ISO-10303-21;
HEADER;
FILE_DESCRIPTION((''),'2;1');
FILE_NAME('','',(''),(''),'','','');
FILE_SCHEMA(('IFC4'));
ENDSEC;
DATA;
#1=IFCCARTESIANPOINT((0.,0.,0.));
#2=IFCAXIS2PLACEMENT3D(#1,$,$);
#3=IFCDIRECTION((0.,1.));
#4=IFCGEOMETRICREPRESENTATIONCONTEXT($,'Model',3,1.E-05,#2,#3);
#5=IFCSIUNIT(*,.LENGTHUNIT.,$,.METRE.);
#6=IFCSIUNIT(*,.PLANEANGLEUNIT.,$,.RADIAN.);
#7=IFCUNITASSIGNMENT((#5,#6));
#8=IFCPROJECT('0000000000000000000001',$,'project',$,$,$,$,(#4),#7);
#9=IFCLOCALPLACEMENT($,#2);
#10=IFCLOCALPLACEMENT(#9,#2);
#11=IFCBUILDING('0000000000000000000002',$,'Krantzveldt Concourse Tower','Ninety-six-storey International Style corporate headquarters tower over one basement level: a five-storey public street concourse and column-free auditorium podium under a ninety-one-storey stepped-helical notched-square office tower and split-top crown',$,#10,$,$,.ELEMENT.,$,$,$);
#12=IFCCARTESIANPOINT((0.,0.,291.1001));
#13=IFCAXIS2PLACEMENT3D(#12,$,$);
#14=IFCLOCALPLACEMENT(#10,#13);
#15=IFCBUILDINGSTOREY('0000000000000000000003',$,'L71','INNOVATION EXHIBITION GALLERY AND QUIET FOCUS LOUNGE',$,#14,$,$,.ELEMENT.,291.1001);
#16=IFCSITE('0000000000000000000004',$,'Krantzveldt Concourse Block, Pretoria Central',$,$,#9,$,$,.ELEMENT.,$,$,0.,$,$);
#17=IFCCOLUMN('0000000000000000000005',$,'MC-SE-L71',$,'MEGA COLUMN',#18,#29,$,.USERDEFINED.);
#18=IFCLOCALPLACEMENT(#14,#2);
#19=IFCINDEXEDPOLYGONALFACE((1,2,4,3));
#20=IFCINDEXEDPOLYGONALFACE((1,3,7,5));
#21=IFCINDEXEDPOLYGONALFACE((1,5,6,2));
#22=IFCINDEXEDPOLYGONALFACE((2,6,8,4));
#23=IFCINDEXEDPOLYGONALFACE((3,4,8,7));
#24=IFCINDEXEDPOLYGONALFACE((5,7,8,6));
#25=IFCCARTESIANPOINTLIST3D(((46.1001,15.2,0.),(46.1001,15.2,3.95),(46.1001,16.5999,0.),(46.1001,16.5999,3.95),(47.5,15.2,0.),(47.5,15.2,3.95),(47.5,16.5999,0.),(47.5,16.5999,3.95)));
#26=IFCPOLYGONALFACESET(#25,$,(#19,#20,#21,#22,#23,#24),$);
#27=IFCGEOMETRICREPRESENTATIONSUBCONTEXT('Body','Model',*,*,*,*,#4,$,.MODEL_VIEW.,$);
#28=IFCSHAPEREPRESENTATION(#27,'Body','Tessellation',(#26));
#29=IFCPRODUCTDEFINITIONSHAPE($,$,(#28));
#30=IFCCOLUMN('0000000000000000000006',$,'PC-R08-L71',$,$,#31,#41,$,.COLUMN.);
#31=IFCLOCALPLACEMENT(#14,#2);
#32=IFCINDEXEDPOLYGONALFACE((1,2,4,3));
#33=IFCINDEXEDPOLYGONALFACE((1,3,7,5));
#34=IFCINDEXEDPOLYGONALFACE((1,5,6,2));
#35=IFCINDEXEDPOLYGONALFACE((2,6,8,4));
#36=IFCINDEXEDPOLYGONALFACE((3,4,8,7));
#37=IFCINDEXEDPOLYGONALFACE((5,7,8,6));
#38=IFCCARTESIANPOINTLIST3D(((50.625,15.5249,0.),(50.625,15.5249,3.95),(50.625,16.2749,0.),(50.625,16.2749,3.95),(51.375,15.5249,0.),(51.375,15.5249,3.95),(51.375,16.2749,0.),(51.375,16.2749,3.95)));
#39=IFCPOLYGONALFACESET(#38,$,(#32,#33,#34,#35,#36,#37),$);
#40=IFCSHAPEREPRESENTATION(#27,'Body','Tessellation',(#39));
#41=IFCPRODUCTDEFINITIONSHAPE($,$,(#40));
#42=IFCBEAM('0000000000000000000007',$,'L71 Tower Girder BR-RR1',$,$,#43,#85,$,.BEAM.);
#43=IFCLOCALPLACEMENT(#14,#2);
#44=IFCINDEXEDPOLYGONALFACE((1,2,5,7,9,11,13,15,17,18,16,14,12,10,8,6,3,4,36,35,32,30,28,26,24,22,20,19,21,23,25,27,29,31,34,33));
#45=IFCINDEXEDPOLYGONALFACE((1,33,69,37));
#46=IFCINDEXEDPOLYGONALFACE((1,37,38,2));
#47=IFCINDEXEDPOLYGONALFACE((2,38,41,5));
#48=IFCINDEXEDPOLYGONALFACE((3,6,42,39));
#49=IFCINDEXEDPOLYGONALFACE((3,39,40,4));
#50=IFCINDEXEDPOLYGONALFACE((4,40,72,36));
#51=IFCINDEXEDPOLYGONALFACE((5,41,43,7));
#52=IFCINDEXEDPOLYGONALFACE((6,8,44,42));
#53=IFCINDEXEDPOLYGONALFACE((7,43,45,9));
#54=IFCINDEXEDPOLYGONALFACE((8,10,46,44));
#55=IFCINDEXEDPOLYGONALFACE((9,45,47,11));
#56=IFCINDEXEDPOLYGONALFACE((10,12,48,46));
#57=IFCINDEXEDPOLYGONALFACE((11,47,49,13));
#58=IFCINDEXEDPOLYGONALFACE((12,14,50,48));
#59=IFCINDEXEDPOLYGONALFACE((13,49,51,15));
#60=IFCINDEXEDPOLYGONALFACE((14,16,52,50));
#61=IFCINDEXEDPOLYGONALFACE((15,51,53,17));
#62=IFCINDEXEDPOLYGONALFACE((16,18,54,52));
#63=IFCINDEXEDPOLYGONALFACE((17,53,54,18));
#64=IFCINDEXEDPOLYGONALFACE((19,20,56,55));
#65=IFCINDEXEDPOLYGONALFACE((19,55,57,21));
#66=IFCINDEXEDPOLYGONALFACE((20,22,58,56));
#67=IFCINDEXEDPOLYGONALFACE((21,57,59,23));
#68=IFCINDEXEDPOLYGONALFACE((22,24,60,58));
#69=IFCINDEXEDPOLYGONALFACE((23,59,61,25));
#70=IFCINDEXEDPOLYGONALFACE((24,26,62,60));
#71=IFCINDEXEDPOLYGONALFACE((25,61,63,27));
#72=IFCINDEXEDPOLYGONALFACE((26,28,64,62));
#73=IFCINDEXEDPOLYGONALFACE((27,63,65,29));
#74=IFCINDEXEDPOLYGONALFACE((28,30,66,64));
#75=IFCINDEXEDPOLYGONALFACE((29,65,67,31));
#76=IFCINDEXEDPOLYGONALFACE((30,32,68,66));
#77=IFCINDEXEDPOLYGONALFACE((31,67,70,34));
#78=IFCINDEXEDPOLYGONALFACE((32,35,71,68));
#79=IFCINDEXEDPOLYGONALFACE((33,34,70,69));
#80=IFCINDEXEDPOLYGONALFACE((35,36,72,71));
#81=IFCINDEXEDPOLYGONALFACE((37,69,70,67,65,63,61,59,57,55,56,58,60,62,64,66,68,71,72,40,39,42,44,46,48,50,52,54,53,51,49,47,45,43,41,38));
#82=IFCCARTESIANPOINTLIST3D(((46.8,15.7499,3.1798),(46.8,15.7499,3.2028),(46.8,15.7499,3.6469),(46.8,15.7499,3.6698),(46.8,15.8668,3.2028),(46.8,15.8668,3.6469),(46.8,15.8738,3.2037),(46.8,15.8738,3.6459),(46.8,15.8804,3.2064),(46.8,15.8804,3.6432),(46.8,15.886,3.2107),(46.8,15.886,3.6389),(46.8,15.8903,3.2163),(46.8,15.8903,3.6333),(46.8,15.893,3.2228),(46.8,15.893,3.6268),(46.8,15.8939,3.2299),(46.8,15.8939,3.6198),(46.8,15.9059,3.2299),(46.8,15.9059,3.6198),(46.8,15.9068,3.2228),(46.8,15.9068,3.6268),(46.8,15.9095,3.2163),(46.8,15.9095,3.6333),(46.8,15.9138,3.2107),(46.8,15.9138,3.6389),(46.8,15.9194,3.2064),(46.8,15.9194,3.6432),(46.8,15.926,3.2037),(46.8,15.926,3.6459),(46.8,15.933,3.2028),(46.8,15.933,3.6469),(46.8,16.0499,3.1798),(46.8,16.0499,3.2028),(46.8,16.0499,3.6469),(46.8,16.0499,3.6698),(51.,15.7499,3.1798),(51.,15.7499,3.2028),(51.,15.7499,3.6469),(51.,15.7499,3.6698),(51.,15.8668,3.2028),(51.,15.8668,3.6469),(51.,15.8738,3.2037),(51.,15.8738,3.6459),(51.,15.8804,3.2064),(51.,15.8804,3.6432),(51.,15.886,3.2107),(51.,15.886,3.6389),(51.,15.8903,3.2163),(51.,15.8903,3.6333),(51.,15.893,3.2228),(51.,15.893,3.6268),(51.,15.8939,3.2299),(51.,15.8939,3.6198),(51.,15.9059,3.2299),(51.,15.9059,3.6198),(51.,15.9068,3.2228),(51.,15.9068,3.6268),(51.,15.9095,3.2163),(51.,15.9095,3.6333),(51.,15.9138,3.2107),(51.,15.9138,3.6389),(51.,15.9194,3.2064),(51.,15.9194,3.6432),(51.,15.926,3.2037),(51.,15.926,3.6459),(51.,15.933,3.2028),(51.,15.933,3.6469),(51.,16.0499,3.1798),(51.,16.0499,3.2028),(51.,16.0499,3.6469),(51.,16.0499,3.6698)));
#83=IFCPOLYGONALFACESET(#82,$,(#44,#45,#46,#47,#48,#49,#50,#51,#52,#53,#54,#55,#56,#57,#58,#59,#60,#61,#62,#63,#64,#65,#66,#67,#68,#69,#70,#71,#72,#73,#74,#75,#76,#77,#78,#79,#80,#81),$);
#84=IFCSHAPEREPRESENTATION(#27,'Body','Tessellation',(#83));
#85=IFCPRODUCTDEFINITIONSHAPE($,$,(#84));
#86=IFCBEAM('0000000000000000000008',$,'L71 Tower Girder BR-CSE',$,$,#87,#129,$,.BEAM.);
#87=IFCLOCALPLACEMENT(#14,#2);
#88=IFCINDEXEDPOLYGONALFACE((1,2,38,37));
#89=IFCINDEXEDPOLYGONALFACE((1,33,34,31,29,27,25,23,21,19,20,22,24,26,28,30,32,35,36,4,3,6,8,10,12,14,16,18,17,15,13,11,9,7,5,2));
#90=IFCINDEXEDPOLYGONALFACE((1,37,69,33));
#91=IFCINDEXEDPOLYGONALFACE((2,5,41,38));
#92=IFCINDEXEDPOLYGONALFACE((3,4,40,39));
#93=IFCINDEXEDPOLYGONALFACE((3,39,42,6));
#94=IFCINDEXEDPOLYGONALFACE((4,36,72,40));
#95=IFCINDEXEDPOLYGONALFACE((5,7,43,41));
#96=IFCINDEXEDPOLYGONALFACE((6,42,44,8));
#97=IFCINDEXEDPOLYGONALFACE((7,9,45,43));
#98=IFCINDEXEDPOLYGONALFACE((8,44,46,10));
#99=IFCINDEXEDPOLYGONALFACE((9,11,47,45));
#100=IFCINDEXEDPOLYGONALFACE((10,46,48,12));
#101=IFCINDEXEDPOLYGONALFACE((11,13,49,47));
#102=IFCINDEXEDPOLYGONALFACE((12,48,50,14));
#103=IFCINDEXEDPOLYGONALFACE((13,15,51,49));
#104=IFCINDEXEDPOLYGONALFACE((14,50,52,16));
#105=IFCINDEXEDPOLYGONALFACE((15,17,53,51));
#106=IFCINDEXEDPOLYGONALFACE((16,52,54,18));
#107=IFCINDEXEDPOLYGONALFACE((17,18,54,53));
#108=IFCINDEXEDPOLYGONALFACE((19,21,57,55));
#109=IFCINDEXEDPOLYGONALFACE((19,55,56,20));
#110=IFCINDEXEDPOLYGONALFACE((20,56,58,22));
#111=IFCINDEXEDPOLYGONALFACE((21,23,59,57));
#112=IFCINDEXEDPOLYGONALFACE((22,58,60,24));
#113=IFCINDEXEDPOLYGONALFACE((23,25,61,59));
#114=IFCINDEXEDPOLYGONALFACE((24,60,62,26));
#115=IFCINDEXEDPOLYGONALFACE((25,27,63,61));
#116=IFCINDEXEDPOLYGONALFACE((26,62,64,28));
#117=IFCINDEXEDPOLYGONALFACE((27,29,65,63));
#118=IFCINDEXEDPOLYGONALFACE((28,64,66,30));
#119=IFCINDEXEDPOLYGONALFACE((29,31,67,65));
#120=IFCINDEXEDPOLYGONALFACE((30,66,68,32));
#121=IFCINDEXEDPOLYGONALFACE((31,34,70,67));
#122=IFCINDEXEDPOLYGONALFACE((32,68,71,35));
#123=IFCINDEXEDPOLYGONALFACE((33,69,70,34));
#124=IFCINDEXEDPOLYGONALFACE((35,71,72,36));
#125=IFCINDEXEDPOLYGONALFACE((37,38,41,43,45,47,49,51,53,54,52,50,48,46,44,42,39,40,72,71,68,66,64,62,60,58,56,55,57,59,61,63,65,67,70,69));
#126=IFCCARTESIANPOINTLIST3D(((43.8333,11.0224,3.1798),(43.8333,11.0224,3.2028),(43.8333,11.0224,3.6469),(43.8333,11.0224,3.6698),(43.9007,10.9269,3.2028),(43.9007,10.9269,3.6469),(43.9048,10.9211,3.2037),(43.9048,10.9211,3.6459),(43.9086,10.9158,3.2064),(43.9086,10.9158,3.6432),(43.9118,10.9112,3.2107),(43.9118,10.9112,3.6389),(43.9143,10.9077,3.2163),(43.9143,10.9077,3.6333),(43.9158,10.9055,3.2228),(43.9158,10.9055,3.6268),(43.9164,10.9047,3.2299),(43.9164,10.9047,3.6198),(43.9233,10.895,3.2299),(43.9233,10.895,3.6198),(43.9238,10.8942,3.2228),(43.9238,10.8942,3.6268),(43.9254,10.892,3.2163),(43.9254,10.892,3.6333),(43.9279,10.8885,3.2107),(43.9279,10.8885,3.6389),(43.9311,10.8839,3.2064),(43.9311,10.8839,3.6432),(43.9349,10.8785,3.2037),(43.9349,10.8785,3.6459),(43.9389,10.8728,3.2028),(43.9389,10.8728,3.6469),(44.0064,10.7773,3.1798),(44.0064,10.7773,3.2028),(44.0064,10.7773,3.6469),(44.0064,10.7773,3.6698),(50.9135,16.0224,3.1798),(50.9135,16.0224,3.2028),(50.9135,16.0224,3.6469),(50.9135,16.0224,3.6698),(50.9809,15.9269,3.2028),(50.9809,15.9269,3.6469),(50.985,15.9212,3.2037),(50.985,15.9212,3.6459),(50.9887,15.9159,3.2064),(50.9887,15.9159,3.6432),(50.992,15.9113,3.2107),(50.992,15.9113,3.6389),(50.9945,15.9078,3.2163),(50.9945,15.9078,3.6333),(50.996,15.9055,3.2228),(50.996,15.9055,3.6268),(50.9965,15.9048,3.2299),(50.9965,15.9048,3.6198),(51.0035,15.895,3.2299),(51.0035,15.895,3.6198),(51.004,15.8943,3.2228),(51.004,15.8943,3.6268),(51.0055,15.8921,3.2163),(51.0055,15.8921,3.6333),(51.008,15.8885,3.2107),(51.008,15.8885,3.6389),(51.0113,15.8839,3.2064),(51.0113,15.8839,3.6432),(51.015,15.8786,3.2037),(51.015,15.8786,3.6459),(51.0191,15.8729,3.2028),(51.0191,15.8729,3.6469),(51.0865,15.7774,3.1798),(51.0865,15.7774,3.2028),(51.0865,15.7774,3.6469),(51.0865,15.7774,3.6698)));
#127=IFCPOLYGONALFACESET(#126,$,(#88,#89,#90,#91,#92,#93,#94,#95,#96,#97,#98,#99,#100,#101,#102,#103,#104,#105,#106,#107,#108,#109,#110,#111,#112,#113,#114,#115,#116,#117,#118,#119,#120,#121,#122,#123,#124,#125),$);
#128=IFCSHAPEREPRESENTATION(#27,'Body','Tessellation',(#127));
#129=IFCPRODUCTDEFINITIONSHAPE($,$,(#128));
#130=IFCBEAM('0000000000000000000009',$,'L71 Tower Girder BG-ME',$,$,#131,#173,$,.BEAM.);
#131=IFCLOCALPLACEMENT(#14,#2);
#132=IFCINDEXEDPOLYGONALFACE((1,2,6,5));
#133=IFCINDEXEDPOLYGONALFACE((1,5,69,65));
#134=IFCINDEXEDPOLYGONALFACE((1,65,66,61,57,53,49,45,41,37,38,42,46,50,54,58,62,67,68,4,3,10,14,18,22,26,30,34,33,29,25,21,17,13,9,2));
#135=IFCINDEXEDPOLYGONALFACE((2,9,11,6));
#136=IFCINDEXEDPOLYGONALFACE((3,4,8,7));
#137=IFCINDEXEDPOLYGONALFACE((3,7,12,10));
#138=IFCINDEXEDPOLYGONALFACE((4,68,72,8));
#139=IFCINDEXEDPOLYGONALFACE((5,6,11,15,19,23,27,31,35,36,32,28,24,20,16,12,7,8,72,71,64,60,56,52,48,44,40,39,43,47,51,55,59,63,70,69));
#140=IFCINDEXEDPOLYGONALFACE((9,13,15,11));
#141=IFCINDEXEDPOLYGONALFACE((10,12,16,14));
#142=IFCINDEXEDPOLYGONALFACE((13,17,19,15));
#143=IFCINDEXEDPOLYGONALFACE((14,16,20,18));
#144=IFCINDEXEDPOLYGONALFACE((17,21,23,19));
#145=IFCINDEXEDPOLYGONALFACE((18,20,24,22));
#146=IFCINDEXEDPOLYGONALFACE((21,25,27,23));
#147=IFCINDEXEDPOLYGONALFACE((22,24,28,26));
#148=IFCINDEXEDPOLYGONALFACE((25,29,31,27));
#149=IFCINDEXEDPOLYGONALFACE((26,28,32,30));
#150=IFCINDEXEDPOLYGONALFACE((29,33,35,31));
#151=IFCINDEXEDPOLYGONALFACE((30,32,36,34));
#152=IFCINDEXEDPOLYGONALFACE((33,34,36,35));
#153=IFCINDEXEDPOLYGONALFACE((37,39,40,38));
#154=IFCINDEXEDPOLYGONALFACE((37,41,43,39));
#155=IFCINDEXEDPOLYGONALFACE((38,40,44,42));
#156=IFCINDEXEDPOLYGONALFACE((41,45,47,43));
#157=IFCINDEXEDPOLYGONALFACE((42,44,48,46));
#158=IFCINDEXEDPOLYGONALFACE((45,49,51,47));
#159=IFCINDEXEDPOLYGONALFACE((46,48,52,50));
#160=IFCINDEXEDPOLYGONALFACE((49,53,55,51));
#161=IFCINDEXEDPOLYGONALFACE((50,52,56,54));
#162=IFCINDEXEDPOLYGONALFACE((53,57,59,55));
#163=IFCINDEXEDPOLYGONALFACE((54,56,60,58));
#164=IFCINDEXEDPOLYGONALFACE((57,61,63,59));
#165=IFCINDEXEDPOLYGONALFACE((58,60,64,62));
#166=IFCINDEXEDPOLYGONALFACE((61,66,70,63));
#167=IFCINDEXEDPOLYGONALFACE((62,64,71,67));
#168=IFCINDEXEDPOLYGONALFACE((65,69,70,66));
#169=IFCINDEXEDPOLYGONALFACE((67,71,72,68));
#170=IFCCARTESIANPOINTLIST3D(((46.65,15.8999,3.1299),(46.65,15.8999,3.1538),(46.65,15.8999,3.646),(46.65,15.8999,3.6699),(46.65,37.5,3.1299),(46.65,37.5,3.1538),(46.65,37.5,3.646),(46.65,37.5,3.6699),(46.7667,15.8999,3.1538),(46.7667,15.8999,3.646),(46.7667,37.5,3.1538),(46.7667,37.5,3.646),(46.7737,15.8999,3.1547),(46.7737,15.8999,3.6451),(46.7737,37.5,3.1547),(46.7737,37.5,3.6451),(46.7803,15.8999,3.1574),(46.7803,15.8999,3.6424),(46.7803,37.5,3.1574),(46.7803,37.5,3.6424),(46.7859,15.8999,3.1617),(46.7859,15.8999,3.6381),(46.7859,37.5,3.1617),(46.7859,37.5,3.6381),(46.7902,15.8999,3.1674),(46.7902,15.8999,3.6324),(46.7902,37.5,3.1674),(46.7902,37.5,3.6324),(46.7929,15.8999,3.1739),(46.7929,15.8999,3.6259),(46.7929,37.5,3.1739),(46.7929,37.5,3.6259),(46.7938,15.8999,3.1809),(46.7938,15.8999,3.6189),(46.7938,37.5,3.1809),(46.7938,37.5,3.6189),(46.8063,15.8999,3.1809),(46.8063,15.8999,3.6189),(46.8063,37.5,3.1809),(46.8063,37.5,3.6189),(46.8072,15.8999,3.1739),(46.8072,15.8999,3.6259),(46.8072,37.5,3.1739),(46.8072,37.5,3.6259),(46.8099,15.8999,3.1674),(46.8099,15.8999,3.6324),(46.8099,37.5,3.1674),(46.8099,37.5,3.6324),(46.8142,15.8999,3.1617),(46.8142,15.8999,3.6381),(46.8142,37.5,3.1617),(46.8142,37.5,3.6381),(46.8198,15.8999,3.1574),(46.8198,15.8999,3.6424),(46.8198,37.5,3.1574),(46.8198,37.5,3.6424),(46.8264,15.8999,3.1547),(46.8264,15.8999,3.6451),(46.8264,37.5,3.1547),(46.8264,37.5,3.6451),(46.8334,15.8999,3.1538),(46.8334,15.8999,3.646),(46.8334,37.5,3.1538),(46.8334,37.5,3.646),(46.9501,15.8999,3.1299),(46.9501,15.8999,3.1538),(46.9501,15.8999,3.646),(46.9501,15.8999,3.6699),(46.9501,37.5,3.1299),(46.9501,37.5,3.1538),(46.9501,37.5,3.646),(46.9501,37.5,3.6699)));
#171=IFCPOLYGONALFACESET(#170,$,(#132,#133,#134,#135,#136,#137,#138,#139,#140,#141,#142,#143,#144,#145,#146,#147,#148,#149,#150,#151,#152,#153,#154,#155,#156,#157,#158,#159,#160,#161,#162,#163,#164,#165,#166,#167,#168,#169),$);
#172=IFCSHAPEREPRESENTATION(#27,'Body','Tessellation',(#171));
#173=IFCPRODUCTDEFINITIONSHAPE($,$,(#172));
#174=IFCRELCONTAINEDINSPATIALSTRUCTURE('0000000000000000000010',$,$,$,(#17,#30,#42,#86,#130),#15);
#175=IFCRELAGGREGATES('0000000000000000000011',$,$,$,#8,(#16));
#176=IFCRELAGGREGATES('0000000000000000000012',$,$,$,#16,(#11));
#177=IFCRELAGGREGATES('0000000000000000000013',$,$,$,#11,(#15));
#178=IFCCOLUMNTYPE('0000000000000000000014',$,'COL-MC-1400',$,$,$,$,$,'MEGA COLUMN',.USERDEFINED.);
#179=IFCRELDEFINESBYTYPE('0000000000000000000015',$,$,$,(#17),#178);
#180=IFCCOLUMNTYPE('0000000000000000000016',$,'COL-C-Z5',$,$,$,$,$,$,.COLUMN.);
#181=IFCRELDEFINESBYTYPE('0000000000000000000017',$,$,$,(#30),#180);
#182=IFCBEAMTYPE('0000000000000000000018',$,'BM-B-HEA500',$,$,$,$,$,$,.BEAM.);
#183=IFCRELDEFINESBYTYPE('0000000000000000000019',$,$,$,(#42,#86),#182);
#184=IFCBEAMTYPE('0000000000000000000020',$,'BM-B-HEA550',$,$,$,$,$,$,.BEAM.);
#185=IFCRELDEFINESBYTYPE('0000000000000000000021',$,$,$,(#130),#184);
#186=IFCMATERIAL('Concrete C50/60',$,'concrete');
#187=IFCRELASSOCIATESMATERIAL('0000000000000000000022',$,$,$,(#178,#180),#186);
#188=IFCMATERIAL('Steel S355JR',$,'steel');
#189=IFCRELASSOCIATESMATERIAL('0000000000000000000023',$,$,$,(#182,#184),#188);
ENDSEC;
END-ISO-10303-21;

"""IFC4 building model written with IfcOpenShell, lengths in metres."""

from ifc_helpers import new_model, si_unit, direction, frame, origin, origin_2d, place, context, subcontext, project, spatial, rectangle, i_section, extrude, source, transform, mapped, material, material_profile, profile_set, type_object, type_shapes, element, save


model = new_model("IFC4")

# Units and contexts
model_context = context("Model", 3, precision=1e-05, world=origin(), true_north=direction((0.0, 1.0)))
body_context = subcontext(model_context, "Body", "Model", "MODEL_VIEW")
ifc_project = project(units=[si_unit("LENGTHUNIT", "METRE"), si_unit("PLANEANGLEUNIT", "RADIAN")], contexts=[model_context])

# Site, building, storey
site_placement = place(None, origin())
site = spatial("IfcSite", under=ifc_project, at=site_placement, Name="Krantzveldt Concourse Block, Pretoria Central", CompositionType="ELEMENT", RefElevation=0.0)
building_placement = place(site_placement, origin())
building = spatial("IfcBuilding", under=site, at=building_placement, Name="Krantzveldt Concourse Tower", Description="Ninety-six-storey International Style corporate headquarters tower over one basement level: a five-storey public street concourse and column-free auditorium podium under a ninety-one-storey stepped-helical notched-square office tower and split-top crown", CompositionType="ELEMENT")
storey_placement = place(building_placement, frame((0.0, 0.0, 291.1001)))
storey = spatial("IfcBuildingStorey", under=building, at=storey_placement, Name="L71", Description="INNOVATION EXHIBITION GALLERY AND QUIET FOCUS LOUNGE", CompositionType="ELEMENT", Elevation=291.1001)

# Columns
ifc_material_1 = material(Name="Concrete C50/60", Category="concrete")
ifc_material_profile_1 = material_profile(ifc_material_1, rectangle(XDim=1.3999, YDim=1.3999, at=origin_2d()), Name="Concrete C50/60", Category="concrete")
ifc_profile_set_1 = profile_set([ifc_material_profile_1], Name="Concrete C50/60 - RC 1400x1400")
column_type_1 = type_object("IfcColumnType", Name="COL-MC-1400", ElementType="MEGA COLUMN", PredefinedType="USERDEFINED", material=ifc_profile_set_1)
shared_shape_1 = source(origin(), body_context, "Body", "SweptSolid", [
    extrude(rectangle(XDim=1.3999, YDim=1.3999, at=origin_2d()), origin(), (0.0, 0.0, 1.0), 3.95),
])
type_shapes(column_type_1, [shared_shape_1])
column_1_placement = place(storey_placement, frame((46.8, 15.8999, 0.0), z_axis=(0.0, 0.0, 1.0), x_axis=(1.0, 0.0, 0.0)))
element("IfcColumn", 1, at=column_1_placement, inside=storey, type_object=column_type_1, Name="MC-SE-L71", ObjectType="MEGA COLUMN", PredefinedType="USERDEFINED", context=body_context, shape_type="MappedRepresentation", body=[
    mapped(shared_shape_1, transform((0.0, 0.0, 0.0), x_axis=(1.0, 0.0, 0.0), y_axis=(0.0, 1.0, 0.0), z_axis=(0.0, 0.0, 1.0), scale=1.0)),
])
ifc_material_profile_2 = material_profile(ifc_material_1, rectangle(XDim=0.75, YDim=0.75, at=origin_2d()), Name="Concrete C50/60", Category="concrete")
ifc_profile_set_2 = profile_set([ifc_material_profile_2], Name="Concrete C50/60 - RC 750x750")
column_type_2 = type_object("IfcColumnType", Name="COL-C-Z5", PredefinedType="COLUMN", material=ifc_profile_set_2)
shared_shape_2 = source(origin(), body_context, "Body", "SweptSolid", [
    extrude(rectangle(XDim=0.75, YDim=0.75, at=origin_2d()), origin(), (0.0, 0.0, 1.0), 3.95),
])
type_shapes(column_type_2, [shared_shape_2])
column_2_placement = place(storey_placement, frame((51.0, 15.8999, 0.0), z_axis=(0.0, 0.0, 1.0), x_axis=(1.0, 0.0, 0.0)))
element("IfcColumn", 2, at=column_2_placement, inside=storey, type_object=column_type_2, Name="PC-R08-L71", PredefinedType="COLUMN", context=body_context, shape_type="MappedRepresentation", body=[
    mapped(shared_shape_2, transform((0.0, 0.0, 0.0), x_axis=(1.0, 0.0, 0.0), y_axis=(0.0, 1.0, 0.0), z_axis=(0.0, 0.0, 1.0), scale=1.0)),
])

# Beams
ifc_material_2 = material(Name="Steel S355JR", Category="steel")
ifc_material_profile_3 = material_profile(ifc_material_2, i_section(OverallWidth=0.3, OverallDepth=0.49, WebThickness=0.012, FlangeThickness=0.0229, FilletRadius=0.0271, at=origin_2d()), Name="Steel S355JR", Category="steel")
ifc_profile_set_3 = profile_set([ifc_material_profile_3], Name="Steel S355JR - HEA 500")
beam_type_1 = type_object("IfcBeamType", Name="BM-B-HEA500", PredefinedType="BEAM", material=ifc_profile_set_3)
shared_shape_3 = source(origin(), body_context, "Body", "SweptSolid", [
    extrude(i_section(OverallWidth=0.3, OverallDepth=0.49, WebThickness=0.012, FlangeThickness=0.0229, FilletRadius=0.0271, at=origin_2d()), origin(), (0.0, 0.0, 1.0), 4.2),
])
beam_1_placement = place(storey_placement, frame((46.8, 15.8999, 3.4248), z_axis=(1.0, 0.0, 0.0), x_axis=(0.0, 1.0, 0.0)))
element("IfcBeam", 3, at=beam_1_placement, inside=storey, type_object=beam_type_1, Name="L71 Tower Girder BR-RR1", PredefinedType="BEAM", context=body_context, shape_type="MappedRepresentation", body=[
    mapped(shared_shape_3, transform((0.0, 0.0, 0.0), x_axis=(1.0, 0.0, 0.0), y_axis=(0.0, 1.0, 0.0), z_axis=(0.0, 0.0, 1.0), scale=1.0)),
])
shared_shape_4 = source(origin(), body_context, "Body", "SweptSolid", [
    extrude(i_section(OverallWidth=0.3, OverallDepth=0.49, WebThickness=0.012, FlangeThickness=0.0229, FilletRadius=0.0271, at=origin_2d()), origin(), (0.0, 0.0, 1.0), 8.6677),
])
type_shapes(beam_type_1, [shared_shape_3, shared_shape_4])
beam_2_placement = place(storey_placement, frame((51.0, 15.8999, 3.4248), z_axis=(-0.816843, -0.57686, 0.0), x_axis=(0.57686, -0.816843, 0.0)))
element("IfcBeam", 4, at=beam_2_placement, inside=storey, type_object=beam_type_1, Name="L71 Tower Girder BR-CSE", PredefinedType="BEAM", context=body_context, shape_type="MappedRepresentation", body=[
    mapped(shared_shape_4, transform((0.0, 0.0, 0.0), x_axis=(1.0, 0.0, 0.0), y_axis=(0.0, 1.0, 0.0), z_axis=(0.0, 0.0, 1.0), scale=1.0)),
])
ifc_material_profile_4 = material_profile(ifc_material_2, i_section(OverallWidth=0.3, OverallDepth=0.54, WebThickness=0.0125, FlangeThickness=0.0239, FilletRadius=0.0271, at=origin_2d()), Name="Steel S355JR", Category="steel")
ifc_profile_set_4 = profile_set([ifc_material_profile_4], Name="Steel S355JR - HEA 550")
beam_type_2 = type_object("IfcBeamType", Name="BM-B-HEA550", PredefinedType="BEAM", material=ifc_profile_set_4)
shared_shape_5 = source(origin(), body_context, "Body", "SweptSolid", [
    extrude(i_section(OverallWidth=0.3, OverallDepth=0.54, WebThickness=0.0125, FlangeThickness=0.0239, FilletRadius=0.0271, at=origin_2d()), origin(), (0.0, 0.0, 1.0), 21.6001),
])
beam_3_placement = place(storey_placement, frame((46.8, 15.8999, 3.3999), z_axis=(0.0, 1.0, 0.0), x_axis=(-1.0, 0.0, 0.0)))
element("IfcBeam", 5, at=beam_3_placement, inside=storey, type_object=beam_type_2, Name="L71 Tower Girder BG-ME", PredefinedType="BEAM", context=body_context, shape_type="MappedRepresentation", body=[
    mapped(shared_shape_5, transform((0.0, 0.0, 0.0), x_axis=(1.0, 0.0, 0.0), y_axis=(0.0, 1.0, 0.0), z_axis=(0.0, 0.0, 1.0), scale=1.0)),
])

save(model, "model.ifc")
